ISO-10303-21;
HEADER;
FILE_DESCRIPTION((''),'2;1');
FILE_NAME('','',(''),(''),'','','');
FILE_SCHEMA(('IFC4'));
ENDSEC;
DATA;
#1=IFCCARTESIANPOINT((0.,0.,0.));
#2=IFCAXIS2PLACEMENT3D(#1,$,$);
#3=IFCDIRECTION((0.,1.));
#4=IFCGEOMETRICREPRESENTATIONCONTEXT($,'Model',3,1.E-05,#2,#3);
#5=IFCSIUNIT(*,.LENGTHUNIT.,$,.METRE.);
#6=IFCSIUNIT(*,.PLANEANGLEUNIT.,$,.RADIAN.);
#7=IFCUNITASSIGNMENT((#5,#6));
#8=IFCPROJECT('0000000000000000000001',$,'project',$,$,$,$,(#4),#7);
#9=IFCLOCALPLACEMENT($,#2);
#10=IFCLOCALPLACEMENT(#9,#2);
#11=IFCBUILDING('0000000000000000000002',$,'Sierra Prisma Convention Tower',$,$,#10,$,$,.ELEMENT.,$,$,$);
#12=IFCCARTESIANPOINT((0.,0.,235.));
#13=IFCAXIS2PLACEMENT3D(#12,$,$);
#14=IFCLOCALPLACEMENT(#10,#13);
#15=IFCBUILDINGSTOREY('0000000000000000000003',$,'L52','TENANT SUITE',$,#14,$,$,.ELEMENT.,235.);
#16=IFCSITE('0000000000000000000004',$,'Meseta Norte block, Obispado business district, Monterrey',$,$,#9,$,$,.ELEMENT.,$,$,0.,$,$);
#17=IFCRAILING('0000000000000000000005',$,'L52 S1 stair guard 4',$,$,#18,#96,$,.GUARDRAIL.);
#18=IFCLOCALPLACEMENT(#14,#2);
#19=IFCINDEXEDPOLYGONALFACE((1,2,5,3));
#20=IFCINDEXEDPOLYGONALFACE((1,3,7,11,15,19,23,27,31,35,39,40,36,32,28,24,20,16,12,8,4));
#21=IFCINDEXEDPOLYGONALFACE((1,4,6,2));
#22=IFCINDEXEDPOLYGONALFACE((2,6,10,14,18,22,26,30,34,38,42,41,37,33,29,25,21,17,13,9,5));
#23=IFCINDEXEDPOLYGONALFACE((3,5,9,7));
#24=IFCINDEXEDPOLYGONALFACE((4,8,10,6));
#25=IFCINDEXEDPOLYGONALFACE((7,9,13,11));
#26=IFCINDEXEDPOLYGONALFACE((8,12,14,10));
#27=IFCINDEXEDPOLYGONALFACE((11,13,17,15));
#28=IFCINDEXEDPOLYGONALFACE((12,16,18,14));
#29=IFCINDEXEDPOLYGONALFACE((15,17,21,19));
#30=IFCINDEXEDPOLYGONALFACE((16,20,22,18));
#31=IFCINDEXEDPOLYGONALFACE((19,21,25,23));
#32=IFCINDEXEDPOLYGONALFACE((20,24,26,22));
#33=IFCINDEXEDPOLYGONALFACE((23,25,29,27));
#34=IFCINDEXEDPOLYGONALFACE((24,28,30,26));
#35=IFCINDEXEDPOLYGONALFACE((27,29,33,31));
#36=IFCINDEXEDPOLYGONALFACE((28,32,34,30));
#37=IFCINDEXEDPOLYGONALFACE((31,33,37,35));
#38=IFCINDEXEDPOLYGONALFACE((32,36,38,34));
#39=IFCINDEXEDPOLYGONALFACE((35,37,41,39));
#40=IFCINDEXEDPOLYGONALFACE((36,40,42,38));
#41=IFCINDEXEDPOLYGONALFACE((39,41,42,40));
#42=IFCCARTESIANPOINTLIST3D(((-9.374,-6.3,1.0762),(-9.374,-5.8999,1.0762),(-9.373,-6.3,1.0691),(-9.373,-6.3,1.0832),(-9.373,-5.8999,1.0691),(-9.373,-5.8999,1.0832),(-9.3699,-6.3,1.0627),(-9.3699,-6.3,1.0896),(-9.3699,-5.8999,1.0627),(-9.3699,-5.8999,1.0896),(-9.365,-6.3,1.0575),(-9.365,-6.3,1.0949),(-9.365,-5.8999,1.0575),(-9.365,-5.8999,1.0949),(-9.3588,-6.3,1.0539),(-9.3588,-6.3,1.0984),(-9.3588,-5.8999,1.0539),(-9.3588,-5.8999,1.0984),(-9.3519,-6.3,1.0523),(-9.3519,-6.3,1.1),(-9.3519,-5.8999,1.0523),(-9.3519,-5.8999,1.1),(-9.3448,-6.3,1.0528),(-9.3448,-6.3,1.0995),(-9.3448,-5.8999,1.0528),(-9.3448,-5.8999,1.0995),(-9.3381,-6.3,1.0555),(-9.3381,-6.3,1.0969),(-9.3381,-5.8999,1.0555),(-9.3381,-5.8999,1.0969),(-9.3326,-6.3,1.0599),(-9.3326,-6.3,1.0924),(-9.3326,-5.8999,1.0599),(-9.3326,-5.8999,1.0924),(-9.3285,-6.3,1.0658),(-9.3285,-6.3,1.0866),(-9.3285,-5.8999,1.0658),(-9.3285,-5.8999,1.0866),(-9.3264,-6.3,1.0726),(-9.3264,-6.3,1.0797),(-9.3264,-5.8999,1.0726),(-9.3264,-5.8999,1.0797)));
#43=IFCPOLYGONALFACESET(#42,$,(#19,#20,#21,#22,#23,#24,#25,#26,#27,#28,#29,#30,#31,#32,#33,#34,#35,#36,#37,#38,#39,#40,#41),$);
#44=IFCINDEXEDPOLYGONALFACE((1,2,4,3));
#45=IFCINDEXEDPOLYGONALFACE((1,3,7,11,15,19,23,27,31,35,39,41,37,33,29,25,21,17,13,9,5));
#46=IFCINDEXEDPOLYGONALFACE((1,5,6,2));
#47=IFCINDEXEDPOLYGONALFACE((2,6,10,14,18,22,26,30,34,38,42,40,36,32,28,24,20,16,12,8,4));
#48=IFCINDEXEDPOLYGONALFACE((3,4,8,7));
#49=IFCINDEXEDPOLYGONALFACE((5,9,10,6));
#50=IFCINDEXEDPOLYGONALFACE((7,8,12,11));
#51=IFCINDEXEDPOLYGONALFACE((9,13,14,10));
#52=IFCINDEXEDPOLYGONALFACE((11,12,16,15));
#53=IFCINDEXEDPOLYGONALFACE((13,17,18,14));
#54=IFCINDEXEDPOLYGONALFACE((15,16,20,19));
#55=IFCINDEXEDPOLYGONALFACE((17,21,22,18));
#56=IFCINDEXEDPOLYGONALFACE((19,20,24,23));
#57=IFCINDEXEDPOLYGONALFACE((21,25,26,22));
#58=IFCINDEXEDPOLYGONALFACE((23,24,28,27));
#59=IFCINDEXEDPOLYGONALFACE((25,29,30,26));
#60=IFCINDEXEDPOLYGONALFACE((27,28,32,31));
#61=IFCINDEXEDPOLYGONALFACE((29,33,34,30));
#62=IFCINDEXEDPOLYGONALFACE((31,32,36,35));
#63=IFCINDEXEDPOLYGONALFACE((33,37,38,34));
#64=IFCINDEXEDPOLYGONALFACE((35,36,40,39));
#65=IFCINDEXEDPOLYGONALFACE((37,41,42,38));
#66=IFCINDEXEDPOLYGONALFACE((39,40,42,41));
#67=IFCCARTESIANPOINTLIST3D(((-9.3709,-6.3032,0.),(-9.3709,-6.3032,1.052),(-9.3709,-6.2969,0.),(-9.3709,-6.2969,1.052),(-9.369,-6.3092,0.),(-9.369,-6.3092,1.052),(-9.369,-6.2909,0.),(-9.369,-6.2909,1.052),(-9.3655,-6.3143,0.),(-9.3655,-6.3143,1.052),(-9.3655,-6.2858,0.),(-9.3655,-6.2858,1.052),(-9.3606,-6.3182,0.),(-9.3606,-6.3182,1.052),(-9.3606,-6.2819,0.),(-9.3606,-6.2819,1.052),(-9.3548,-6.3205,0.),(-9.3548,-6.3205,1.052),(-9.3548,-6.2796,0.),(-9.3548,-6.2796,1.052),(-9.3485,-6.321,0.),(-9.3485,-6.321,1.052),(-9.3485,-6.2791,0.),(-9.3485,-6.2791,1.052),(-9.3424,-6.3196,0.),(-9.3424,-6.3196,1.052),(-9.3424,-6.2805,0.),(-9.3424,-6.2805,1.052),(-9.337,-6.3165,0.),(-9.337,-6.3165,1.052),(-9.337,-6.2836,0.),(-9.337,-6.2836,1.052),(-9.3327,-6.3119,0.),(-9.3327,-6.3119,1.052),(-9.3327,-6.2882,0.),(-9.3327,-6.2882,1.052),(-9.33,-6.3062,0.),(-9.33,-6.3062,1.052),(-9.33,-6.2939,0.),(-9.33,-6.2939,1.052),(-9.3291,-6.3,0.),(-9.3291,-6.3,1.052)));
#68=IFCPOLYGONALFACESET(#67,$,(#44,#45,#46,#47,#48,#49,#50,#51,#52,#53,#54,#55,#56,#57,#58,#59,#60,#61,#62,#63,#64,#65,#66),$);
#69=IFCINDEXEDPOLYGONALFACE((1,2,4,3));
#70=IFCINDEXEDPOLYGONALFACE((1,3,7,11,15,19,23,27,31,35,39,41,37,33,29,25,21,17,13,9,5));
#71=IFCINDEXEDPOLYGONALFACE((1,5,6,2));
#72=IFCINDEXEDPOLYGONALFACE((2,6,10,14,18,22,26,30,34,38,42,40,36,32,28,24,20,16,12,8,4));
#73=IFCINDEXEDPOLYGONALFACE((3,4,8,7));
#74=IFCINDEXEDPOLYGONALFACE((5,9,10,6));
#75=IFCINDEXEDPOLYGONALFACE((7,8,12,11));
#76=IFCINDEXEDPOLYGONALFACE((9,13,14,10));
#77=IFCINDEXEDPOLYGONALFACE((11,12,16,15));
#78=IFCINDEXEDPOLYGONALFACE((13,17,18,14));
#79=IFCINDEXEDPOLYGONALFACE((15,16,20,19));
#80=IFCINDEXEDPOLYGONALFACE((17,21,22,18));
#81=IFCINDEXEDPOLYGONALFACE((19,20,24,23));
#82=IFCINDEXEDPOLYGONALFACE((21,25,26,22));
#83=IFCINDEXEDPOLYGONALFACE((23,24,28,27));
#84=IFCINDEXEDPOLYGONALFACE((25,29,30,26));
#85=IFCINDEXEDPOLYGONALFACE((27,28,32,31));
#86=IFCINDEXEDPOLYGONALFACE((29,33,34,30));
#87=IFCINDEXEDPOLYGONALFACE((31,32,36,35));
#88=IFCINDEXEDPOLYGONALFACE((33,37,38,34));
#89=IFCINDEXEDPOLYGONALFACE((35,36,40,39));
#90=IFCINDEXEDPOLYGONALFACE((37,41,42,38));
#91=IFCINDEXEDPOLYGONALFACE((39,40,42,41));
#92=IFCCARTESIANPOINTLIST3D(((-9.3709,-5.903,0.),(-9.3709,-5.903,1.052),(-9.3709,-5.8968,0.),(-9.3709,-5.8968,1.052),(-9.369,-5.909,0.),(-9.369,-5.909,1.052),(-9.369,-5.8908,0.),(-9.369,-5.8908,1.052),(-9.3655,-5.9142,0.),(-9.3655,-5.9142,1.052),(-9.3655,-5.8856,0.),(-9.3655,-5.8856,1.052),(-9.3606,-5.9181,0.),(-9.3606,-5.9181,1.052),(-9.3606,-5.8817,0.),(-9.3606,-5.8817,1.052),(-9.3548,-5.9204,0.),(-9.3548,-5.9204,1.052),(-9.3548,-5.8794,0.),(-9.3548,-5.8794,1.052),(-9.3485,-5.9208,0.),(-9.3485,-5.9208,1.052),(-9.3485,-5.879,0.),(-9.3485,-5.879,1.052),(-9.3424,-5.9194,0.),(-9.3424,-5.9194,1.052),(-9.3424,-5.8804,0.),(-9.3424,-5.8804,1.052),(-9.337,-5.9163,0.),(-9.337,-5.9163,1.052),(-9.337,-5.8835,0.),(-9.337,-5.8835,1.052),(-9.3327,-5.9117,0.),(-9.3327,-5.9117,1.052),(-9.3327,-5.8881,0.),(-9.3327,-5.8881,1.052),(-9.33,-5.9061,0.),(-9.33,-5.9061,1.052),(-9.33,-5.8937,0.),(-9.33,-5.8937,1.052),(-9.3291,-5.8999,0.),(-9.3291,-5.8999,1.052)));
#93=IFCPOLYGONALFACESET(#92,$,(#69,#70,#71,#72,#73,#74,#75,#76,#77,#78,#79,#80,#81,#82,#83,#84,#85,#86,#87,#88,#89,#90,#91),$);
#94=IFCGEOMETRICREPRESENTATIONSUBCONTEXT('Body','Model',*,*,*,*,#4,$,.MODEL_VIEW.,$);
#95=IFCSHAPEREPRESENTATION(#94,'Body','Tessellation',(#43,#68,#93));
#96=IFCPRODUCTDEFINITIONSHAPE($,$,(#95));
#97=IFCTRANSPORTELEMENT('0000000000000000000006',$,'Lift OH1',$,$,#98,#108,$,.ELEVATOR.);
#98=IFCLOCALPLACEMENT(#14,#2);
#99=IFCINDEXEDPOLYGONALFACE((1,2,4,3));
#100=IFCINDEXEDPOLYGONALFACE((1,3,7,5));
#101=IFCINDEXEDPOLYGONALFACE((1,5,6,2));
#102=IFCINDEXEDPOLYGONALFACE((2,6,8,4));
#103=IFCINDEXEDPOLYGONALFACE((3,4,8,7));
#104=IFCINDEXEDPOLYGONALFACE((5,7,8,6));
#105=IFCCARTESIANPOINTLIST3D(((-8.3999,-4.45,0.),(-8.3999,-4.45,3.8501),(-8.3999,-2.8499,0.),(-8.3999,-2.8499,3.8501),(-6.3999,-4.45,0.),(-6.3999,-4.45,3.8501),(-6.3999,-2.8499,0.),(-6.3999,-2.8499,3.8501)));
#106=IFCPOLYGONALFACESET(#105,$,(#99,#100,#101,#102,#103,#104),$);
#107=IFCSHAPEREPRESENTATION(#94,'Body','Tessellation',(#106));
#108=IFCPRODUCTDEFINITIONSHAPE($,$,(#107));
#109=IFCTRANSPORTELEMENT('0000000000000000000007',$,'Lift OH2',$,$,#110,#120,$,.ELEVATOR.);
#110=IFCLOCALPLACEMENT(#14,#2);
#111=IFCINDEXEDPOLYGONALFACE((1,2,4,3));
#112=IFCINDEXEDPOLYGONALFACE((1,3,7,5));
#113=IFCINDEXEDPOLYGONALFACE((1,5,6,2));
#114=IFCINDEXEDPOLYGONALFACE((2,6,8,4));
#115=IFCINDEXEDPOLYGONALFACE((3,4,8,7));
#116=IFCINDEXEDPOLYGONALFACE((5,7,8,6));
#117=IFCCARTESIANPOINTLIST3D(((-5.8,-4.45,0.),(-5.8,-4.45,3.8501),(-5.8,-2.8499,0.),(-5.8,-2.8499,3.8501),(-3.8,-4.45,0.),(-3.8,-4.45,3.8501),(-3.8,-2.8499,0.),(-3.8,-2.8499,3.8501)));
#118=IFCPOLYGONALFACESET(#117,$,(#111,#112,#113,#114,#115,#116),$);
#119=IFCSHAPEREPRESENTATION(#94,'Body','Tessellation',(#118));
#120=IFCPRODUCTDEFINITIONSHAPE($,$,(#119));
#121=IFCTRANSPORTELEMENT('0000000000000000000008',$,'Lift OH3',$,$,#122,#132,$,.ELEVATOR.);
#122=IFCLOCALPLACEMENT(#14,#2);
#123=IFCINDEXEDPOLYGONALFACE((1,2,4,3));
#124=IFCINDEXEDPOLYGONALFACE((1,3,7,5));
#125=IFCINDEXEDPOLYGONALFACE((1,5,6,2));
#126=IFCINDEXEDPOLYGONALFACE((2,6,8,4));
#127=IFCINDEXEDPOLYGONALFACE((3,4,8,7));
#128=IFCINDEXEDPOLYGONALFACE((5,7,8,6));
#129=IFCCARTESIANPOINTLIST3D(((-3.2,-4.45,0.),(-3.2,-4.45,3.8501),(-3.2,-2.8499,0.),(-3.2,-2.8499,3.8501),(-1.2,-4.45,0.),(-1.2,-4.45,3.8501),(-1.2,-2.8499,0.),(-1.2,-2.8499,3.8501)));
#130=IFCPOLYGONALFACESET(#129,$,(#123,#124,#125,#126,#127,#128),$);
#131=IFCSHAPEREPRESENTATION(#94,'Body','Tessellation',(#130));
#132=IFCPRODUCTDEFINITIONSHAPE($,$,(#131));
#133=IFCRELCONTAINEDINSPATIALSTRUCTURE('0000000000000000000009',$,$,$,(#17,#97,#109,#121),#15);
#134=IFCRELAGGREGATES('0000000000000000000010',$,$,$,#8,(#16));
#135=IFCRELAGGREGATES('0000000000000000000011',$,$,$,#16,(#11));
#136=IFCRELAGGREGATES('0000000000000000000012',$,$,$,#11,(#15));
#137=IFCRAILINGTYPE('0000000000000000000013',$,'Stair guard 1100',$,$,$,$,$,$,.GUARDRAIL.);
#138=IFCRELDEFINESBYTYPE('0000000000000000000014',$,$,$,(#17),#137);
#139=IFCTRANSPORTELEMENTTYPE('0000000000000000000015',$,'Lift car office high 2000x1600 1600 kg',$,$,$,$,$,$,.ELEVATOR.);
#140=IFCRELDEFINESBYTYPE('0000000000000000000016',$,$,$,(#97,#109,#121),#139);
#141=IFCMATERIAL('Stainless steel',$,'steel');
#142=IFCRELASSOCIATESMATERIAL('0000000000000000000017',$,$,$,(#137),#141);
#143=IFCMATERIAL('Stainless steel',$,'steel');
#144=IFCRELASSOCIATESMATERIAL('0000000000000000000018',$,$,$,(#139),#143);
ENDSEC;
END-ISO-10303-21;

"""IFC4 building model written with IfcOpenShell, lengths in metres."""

from ifc_helpers import new_model, si_unit, direction, frame, origin, origin_2d, place, context, subcontext, project, spatial, rectangle, circle, extrude, material, type_object, element, save


model = new_model("IFC4")

# Units and contexts
model_context = context("Model", 3, precision=1e-05, world=origin(), true_north=direction((0.0, 1.0)))
body_context = subcontext(model_context, "Body", "Model", "MODEL_VIEW")
ifc_project = project(units=[si_unit("LENGTHUNIT", "METRE"), si_unit("PLANEANGLEUNIT", "RADIAN")], contexts=[model_context])

# Site, building, storey
site_placement = place(None, origin())
site = spatial("IfcSite", under=ifc_project, at=site_placement, Name="Meseta Norte block, Obispado business district, Monterrey", CompositionType="ELEMENT", RefElevation=0.0)
building_placement = place(site_placement, origin())
building = spatial("IfcBuilding", under=site, at=building_placement, Name="Sierra Prisma Convention Tower", CompositionType="ELEMENT")
storey_placement = place(building_placement, frame((0.0, 0.0, 235.0)))
storey = spatial("IfcBuildingStorey", under=building, at=storey_placement, Name="L52", Description="TENANT SUITE", CompositionType="ELEMENT", Elevation=235.0)

# Railing
ifc_material_1 = material(Name="Stainless steel", Category="steel")
railing_type_1 = type_object("IfcRailingType", Name="Stair guard 1100", PredefinedType="GUARDRAIL", material=ifc_material_1)
railing_1_placement = place(storey_placement, frame((-9.3501, -6.3, 0.0)))
element("IfcRailing", 1, at=railing_1_placement, inside=storey, type_object=railing_type_1, Name="L52 S1 stair guard 4", PredefinedType="GUARDRAIL", context=body_context, shape_type="SweptSolid", body=[
    extrude(circle(Radius=0.0239, at=origin_2d()), frame((0.0, 0.0, 1.0762), z_axis=(0.0, 1.0, 0.0), x_axis=(-1.0, 0.0, 0.0)), (0.0, 0.0, 1.0), 0.4001),
    extrude(circle(Radius=0.021, at=origin_2d()), origin(), (0.0, 0.0, 1.0), 1.052),
    extrude(circle(Radius=0.021, at=origin_2d()), frame((0.0, 0.4001, 0.0)), (0.0, 0.0, 1.0), 1.052),
])

# Transport elements
ifc_material_2 = material(Name="Stainless steel", Category="steel")
transport_element_type = type_object("IfcTransportElementType", Name="Lift car office high 2000x1600 1600 kg", PredefinedType="ELEVATOR", material=ifc_material_2)
for number, where, z_axis, x_axis, name in (
    (2, (-7.3999, -3.6499, 0.0), (0.0, 0.0, 1.0), (1.0, 0.0, 0.0), "Lift OH1"),
    (3, (-4.8, -3.6499, 0.0), (0.0, 0.0, 1.0), (1.0, 0.0, 0.0), "Lift OH2"),
    (4, (-2.2, -3.6499, 0.0), (0.0, 0.0, 1.0), (1.0, 0.0, 0.0), "Lift OH3"),
):
    element("IfcTransportElement", number, at=place(storey_placement, frame(where, z_axis=z_axis, x_axis=x_axis)), inside=storey, type_object=transport_element_type, Name=name, PredefinedType="ELEVATOR", context=body_context, shape_type="SweptSolid", body=[
        extrude(rectangle(XDim=2.0, YDim=1.6001, at=origin_2d()), origin(), (0.0, 0.0, 1.0), 3.8501),
    ])

save(model, "model.ifc")
